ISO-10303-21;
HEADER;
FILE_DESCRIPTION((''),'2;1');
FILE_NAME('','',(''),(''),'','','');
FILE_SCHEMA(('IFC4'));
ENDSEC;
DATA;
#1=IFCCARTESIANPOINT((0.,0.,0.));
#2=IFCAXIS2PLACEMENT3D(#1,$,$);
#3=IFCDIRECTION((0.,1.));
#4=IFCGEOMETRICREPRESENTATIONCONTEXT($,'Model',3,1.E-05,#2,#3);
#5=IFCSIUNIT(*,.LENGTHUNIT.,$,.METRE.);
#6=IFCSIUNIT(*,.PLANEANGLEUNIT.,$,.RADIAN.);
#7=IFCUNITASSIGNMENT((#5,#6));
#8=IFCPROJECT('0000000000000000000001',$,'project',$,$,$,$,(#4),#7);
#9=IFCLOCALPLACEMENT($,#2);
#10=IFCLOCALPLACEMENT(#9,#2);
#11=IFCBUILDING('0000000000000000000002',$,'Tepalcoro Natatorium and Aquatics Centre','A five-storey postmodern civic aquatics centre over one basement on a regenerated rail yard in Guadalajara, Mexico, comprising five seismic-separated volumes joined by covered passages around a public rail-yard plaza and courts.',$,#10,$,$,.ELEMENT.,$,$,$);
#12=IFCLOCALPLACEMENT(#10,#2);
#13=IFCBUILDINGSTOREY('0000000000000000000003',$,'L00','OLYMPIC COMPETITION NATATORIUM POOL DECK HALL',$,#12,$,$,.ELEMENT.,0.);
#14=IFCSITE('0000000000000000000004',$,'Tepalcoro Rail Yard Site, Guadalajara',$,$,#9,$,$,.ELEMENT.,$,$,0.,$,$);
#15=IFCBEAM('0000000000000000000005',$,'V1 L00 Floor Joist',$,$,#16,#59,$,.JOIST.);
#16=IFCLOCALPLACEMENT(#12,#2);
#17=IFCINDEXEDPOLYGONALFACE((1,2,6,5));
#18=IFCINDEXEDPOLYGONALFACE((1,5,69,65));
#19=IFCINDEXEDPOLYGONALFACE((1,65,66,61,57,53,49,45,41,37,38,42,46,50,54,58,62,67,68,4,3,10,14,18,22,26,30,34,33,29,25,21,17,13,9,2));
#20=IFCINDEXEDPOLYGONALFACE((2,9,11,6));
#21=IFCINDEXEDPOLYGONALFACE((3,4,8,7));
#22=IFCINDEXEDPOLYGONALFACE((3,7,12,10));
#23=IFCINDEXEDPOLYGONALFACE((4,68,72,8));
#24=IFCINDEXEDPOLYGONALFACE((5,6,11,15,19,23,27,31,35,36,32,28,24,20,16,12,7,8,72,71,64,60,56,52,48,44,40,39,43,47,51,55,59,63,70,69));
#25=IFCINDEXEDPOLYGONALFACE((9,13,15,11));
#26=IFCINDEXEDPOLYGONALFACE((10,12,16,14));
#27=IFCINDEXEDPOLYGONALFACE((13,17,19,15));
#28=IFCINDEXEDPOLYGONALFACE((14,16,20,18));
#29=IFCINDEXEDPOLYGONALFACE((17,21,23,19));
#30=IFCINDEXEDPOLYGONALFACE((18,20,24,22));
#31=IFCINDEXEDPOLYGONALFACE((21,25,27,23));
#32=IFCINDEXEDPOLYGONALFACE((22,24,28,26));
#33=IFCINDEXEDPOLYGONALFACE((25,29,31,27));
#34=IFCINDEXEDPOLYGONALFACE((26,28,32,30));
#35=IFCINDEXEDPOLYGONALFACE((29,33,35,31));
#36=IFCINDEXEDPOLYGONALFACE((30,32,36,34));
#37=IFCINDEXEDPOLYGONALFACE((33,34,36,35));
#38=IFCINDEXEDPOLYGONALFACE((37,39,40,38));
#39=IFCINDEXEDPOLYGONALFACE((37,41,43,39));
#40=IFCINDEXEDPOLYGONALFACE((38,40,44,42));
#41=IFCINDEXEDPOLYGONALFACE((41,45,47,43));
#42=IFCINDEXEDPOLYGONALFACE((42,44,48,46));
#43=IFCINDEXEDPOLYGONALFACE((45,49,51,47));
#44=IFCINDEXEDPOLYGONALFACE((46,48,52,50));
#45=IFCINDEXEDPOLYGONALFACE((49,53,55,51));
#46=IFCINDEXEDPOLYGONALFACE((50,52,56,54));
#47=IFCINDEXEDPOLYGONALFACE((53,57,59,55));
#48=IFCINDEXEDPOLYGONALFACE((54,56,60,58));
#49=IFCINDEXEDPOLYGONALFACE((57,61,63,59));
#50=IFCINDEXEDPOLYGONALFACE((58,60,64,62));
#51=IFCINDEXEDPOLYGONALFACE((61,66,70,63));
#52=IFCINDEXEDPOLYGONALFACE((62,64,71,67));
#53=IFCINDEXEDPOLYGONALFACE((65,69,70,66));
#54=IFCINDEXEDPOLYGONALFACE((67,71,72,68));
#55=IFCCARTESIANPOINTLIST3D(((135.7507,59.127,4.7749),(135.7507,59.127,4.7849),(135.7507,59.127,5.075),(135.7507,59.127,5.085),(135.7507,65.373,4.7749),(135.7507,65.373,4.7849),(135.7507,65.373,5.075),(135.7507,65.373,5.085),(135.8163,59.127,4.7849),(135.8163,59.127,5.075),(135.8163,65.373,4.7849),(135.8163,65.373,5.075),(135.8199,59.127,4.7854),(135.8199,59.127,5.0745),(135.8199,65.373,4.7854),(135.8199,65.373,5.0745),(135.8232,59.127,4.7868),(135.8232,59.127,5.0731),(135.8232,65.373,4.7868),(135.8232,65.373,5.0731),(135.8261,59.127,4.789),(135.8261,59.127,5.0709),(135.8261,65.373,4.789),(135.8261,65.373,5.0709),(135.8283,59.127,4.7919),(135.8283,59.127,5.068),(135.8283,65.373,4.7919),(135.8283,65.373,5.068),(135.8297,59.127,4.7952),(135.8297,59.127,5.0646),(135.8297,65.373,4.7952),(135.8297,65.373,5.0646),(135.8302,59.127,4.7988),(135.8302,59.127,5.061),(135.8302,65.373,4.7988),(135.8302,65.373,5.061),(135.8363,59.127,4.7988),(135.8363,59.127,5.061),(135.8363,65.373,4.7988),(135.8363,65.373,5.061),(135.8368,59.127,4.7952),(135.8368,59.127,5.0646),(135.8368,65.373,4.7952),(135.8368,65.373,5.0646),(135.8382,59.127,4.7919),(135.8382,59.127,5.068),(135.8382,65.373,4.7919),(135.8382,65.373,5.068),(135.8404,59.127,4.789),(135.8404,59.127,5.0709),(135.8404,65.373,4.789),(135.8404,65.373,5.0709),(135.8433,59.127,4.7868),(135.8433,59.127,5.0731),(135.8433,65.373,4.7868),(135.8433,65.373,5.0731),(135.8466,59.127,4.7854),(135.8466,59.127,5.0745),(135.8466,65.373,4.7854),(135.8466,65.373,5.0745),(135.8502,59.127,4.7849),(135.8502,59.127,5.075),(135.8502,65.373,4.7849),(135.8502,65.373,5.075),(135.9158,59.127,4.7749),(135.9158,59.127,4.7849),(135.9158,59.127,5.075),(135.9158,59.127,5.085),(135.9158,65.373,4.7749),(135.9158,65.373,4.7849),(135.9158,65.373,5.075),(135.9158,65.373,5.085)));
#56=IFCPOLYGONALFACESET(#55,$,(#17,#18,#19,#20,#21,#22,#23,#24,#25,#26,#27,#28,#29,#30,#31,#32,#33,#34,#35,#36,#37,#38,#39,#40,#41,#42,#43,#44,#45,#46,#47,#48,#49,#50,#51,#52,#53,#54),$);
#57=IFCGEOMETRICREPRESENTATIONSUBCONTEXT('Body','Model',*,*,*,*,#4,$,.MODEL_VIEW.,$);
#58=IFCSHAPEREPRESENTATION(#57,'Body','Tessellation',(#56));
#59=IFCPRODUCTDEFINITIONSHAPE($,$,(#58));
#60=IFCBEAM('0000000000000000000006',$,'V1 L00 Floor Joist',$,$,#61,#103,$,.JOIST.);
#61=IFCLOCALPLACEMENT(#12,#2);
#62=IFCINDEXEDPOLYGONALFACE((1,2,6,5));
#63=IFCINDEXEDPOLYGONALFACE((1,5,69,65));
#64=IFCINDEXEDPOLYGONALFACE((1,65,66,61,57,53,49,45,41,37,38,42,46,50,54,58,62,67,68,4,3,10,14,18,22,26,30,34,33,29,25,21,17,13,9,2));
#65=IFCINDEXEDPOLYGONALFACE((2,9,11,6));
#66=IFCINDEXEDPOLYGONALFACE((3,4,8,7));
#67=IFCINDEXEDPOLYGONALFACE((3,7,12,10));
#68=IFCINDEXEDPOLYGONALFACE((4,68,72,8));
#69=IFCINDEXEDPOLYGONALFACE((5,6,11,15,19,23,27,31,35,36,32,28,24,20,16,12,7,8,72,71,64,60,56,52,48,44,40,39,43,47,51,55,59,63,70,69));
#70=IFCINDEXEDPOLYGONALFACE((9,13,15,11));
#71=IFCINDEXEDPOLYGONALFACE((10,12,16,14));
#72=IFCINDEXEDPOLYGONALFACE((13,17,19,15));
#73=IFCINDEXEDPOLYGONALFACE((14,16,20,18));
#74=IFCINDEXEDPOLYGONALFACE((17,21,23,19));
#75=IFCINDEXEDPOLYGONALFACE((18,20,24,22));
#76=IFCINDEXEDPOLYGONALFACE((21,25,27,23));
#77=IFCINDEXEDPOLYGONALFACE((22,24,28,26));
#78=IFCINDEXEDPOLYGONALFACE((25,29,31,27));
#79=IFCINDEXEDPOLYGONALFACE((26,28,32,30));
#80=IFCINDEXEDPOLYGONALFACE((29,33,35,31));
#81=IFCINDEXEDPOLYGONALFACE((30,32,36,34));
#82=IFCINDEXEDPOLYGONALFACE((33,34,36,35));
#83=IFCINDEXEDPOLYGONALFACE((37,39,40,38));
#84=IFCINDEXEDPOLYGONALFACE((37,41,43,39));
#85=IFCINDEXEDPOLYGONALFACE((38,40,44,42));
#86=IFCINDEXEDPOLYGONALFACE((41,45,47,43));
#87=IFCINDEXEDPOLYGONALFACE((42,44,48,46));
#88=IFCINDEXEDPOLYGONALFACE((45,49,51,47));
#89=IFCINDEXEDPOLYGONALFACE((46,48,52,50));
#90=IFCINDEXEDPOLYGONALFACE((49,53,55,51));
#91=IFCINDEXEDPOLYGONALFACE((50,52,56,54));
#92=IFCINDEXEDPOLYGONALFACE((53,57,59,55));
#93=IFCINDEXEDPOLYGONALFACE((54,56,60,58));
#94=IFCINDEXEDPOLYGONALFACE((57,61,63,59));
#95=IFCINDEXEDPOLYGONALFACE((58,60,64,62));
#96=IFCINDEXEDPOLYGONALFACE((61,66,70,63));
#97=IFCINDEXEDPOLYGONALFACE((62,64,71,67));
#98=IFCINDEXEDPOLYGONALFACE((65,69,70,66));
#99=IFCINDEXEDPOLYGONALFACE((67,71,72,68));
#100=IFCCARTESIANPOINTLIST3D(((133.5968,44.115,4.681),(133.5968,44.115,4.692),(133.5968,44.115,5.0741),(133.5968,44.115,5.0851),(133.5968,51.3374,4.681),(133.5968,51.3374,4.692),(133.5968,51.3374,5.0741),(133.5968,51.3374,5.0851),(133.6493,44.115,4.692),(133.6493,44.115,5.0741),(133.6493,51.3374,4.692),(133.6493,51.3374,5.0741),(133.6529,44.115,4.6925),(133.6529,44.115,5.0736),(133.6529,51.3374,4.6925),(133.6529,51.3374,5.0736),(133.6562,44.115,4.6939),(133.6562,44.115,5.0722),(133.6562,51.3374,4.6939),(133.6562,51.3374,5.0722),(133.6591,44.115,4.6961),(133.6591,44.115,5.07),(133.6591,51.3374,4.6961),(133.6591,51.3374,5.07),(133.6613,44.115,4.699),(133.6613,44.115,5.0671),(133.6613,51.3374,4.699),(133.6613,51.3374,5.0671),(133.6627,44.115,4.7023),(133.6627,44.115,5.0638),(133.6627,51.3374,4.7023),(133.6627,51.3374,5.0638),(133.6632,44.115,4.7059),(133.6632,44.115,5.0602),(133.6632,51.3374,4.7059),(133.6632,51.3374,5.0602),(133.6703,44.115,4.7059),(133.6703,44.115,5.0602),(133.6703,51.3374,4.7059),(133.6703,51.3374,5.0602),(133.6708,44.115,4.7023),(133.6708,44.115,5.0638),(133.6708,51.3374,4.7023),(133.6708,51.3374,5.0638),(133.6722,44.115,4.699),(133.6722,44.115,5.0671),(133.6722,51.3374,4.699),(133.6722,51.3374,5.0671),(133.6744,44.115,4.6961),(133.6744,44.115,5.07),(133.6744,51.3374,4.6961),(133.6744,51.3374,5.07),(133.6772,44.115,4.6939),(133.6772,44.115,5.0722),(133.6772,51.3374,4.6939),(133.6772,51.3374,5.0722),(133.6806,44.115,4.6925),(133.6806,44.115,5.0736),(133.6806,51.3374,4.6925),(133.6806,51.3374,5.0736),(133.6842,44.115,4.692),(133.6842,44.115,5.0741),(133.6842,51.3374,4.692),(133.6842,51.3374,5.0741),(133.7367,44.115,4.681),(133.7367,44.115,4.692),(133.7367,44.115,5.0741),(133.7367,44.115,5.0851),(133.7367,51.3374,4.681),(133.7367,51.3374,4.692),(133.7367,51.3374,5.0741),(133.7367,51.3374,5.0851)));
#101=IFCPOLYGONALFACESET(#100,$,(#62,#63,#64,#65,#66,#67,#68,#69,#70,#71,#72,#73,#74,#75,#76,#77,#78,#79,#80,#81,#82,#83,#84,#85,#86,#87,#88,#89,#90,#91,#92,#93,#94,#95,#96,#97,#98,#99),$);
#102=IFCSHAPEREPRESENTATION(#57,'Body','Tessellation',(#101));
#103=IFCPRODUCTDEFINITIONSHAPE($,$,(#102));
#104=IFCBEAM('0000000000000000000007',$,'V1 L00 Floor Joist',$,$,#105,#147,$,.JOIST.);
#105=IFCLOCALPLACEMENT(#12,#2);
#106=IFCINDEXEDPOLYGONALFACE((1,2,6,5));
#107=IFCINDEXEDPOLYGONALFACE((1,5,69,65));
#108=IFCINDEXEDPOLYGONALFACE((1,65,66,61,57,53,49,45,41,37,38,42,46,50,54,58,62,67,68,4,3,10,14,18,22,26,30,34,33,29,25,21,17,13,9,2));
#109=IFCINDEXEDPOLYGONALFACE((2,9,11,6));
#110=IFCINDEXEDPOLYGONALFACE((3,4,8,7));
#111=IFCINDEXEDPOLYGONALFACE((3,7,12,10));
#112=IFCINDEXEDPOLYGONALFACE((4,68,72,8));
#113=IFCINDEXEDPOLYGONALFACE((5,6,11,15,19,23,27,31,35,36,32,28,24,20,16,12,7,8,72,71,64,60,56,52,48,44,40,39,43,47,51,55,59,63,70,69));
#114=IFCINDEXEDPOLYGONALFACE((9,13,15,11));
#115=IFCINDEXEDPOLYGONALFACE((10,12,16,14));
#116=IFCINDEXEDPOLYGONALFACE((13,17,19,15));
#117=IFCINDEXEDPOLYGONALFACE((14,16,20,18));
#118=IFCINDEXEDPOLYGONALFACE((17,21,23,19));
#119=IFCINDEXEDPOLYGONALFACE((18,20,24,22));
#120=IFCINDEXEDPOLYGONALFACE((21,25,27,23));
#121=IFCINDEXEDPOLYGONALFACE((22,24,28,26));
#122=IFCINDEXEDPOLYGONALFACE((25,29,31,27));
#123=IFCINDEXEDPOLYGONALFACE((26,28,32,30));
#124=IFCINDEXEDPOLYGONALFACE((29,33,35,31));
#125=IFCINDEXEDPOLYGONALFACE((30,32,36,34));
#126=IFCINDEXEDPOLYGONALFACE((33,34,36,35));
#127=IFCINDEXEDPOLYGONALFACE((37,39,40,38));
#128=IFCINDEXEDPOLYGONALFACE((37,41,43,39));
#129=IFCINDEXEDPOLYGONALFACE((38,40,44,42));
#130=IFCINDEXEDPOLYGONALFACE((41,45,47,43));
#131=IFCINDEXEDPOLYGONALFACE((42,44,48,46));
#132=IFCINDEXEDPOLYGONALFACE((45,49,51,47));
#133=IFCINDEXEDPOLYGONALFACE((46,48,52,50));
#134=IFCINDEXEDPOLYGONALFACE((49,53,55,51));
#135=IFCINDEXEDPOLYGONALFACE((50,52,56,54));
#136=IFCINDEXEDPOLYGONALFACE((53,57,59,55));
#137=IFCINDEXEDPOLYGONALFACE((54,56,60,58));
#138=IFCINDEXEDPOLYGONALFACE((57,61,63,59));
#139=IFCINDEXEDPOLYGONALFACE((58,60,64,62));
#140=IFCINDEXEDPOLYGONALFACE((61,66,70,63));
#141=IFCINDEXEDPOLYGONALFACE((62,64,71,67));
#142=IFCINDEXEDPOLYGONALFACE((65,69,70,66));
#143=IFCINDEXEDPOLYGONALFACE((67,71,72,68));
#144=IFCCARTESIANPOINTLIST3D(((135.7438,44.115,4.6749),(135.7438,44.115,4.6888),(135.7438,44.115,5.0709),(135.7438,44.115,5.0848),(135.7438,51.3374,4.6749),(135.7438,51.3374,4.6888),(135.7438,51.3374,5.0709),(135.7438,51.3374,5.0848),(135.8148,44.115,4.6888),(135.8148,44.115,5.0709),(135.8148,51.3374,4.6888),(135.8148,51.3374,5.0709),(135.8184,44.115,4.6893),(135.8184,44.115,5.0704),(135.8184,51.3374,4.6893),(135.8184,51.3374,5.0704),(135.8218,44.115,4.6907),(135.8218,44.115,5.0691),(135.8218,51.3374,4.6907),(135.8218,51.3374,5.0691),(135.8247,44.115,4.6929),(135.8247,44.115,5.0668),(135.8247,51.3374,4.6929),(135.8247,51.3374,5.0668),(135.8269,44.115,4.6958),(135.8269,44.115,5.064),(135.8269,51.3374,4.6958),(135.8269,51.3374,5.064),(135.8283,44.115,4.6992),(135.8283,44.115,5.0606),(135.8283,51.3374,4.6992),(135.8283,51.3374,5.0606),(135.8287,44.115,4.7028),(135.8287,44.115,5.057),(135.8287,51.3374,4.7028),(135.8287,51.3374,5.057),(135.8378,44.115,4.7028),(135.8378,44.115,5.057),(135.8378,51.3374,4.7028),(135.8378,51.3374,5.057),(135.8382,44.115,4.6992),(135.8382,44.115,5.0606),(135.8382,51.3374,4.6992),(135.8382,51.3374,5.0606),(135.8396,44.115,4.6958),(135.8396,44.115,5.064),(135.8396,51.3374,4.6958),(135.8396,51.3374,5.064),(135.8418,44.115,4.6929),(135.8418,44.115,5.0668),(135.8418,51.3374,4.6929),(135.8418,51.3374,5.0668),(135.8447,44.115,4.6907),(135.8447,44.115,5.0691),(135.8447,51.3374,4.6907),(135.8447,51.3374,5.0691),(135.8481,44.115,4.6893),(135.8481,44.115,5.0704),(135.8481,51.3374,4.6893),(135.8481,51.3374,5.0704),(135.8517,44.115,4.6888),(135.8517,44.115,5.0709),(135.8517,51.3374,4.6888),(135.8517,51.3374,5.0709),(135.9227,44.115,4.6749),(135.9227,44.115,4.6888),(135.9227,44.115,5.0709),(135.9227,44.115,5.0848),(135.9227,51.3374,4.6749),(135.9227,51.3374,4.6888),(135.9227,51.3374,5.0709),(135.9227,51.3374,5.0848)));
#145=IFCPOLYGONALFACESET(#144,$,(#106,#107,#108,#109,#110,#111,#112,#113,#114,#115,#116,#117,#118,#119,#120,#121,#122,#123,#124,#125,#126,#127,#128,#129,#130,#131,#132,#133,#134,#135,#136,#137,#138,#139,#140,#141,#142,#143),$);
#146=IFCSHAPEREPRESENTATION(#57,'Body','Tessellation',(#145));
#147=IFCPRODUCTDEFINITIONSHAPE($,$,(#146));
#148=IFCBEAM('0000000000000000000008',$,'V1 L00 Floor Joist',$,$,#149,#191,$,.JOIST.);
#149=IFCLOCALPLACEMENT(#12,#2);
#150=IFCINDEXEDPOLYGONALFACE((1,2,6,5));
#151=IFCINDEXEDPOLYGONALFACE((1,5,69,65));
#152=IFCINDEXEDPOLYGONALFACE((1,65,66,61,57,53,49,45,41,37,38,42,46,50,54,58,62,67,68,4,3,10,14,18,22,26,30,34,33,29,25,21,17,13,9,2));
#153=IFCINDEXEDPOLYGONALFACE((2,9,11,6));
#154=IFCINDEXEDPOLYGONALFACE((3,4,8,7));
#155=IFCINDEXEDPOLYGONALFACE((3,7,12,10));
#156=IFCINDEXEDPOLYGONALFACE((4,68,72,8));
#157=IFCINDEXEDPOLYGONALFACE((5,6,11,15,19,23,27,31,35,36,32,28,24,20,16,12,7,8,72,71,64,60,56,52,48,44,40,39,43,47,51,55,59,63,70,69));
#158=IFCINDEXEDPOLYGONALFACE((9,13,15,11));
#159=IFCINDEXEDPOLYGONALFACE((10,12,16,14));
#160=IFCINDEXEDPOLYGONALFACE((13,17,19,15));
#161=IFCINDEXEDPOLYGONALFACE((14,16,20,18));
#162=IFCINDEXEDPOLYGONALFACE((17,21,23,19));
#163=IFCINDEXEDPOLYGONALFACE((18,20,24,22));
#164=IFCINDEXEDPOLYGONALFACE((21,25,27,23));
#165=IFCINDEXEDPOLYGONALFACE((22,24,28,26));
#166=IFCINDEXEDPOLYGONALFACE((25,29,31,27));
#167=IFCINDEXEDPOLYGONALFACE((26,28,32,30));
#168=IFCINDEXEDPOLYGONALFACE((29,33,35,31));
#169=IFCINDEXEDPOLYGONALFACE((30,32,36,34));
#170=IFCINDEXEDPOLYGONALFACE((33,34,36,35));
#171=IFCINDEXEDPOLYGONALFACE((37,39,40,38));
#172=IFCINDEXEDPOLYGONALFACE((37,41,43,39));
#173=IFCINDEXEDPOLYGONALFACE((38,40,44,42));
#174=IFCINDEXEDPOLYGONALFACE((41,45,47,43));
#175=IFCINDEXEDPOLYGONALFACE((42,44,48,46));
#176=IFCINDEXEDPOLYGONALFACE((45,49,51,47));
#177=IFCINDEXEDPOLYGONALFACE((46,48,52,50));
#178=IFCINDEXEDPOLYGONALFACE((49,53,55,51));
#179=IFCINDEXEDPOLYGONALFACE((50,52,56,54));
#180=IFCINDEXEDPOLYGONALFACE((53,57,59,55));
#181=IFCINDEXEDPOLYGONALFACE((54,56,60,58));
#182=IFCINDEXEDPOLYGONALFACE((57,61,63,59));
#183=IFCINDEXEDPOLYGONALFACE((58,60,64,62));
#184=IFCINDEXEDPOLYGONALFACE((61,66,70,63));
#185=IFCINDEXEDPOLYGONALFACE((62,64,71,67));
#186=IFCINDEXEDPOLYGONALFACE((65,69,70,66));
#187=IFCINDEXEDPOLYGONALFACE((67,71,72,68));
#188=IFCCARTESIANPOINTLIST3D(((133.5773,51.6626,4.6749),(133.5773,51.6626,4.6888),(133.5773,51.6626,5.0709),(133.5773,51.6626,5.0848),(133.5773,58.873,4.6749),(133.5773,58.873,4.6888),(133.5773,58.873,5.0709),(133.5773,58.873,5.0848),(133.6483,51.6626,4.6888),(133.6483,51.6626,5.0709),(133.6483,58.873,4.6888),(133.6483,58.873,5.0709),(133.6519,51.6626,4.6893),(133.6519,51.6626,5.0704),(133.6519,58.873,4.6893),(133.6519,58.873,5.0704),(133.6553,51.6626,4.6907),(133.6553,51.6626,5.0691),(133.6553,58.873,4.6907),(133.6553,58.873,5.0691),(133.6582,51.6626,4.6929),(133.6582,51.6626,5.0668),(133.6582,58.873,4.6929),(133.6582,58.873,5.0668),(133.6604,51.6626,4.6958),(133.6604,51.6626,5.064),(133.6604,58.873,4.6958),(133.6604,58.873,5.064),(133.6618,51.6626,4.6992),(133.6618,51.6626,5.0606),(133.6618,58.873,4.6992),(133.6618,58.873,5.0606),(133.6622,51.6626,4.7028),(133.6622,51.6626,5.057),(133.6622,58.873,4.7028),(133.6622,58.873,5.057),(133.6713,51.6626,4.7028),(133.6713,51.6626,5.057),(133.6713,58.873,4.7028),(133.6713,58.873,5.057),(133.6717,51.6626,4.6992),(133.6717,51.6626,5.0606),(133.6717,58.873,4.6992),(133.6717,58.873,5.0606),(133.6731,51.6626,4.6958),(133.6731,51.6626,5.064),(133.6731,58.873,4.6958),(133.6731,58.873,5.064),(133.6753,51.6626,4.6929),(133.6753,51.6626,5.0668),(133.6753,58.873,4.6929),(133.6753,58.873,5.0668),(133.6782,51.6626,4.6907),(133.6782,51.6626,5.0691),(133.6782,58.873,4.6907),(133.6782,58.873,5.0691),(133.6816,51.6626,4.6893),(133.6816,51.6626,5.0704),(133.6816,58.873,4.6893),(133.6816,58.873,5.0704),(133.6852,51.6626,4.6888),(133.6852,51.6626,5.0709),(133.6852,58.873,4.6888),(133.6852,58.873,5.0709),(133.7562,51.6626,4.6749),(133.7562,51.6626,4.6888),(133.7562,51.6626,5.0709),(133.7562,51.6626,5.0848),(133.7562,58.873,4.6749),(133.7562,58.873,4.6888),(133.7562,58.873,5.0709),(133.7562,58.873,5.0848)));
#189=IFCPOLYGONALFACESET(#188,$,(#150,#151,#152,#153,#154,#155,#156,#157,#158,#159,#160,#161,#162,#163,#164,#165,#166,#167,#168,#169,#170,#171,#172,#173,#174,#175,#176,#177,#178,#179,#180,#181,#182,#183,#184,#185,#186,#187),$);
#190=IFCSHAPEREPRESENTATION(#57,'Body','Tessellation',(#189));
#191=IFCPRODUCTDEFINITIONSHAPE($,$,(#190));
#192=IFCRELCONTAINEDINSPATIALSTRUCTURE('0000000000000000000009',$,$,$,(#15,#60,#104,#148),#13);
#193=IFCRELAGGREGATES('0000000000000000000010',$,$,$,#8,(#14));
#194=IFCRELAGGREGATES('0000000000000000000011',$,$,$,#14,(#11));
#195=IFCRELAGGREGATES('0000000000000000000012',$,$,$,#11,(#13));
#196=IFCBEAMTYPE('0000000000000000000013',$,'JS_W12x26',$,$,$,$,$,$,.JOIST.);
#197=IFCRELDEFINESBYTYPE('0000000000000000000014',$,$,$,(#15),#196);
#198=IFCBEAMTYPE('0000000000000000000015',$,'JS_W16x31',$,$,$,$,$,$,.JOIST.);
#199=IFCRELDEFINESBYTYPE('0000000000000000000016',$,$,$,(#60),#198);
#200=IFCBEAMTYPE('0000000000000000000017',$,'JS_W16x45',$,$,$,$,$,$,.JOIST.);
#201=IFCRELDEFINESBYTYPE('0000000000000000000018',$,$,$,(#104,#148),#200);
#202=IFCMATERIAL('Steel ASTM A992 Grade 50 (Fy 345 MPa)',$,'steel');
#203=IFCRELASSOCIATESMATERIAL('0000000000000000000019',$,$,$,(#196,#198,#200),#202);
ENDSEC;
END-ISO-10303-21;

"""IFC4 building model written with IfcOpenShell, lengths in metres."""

from ifc_helpers import new_model, si_unit, direction, frame, origin, origin_2d, place, context, subcontext, project, spatial, i_section, extrude, material, material_profile, profile_set, type_object, element, save


model = new_model("IFC4")

# Units and contexts
model_context = context("Model", 3, precision=1e-05, world=origin(), true_north=direction((0.0, 1.0)))
body_context = subcontext(model_context, "Body", "Model", "MODEL_VIEW")
ifc_project = project(units=[si_unit("LENGTHUNIT", "METRE"), si_unit("PLANEANGLEUNIT", "RADIAN")], contexts=[model_context])

# Site, building, storey
site_placement = place(None, origin())
site = spatial("IfcSite", under=ifc_project, at=site_placement, Name="Tepalcoro Rail Yard Site, Guadalajara", CompositionType="ELEMENT", RefElevation=0.0)
building_placement = place(site_placement, origin())
building = spatial("IfcBuilding", under=site, at=building_placement, Name="Tepalcoro Natatorium and Aquatics Centre", Description="A five-storey postmodern civic aquatics centre over one basement on a regenerated rail yard in Guadalajara, Mexico, comprising five seismic-separated volumes joined by covered passages around a public rail-yard plaza and courts.", CompositionType="ELEMENT")
storey_placement = place(building_placement, origin())
storey = spatial("IfcBuildingStorey", under=building, at=storey_placement, Name="L00", Description="OLYMPIC COMPETITION NATATORIUM POOL DECK HALL", CompositionType="ELEMENT", Elevation=0.0)

# Shared definitions
ifc_material_1 = material(Name="Steel ASTM A992 Grade 50 (Fy 345 MPa)", Category="steel")

# Beams
ifc_material_profile_1 = material_profile(ifc_material_1, i_section(OverallWidth=0.165, OverallDepth=0.3101, WebThickness=0.0061, FlangeThickness=0.01, FilletRadius=0.0139, at=origin_2d()), Name="W12X26")
ifc_profile_set_1 = profile_set([ifc_material_profile_1], Name="Steel ASTM A992 Grade 50 (Fy 345 MPa)")
beam_type_1 = type_object("IfcBeamType", Name="JS_W12x26", PredefinedType="JOIST", material=ifc_profile_set_1)
beam_1_placement = place(storey_placement, frame((135.8333, 59.127, 4.9299), z_axis=(0.0, 1.0, 0.0), x_axis=(-1.0, 0.0, 0.0)))
element("IfcBeam", 1, at=beam_1_placement, inside=storey, type_object=beam_type_1, Name="V1 L00 Floor Joist", PredefinedType="JOIST", context=body_context, shape_type="SweptSolid", body=[
    extrude(i_section(OverallWidth=0.165, OverallDepth=0.3101, WebThickness=0.0061, FlangeThickness=0.01, FilletRadius=0.0139, at=origin_2d()), origin(), (0.0, 0.0, 1.0), 6.2461),
])
ifc_material_profile_2 = material_profile(ifc_material_1, i_section(OverallWidth=0.1399, OverallDepth=0.4041, WebThickness=0.0071, FlangeThickness=0.011, FilletRadius=0.0139, at=origin_2d()), Name="W16X31")
ifc_profile_set_2 = profile_set([ifc_material_profile_2], Name="Steel ASTM A992 Grade 50 (Fy 345 MPa)")
beam_type_2 = type_object("IfcBeamType", Name="JS_W16x31", PredefinedType="JOIST", material=ifc_profile_set_2)
beam_2_placement = place(storey_placement, frame((133.6667, 44.115, 4.8831), z_axis=(0.0, 1.0, 0.0), x_axis=(-1.0, 0.0, 0.0)))
element("IfcBeam", 2, at=beam_2_placement, inside=storey, type_object=beam_type_2, Name="V1 L00 Floor Joist", PredefinedType="JOIST", context=body_context, shape_type="SweptSolid", body=[
    extrude(i_section(OverallWidth=0.1399, OverallDepth=0.4041, WebThickness=0.0071, FlangeThickness=0.011, FilletRadius=0.0139, at=origin_2d()), origin(), (0.0, 0.0, 1.0), 7.2224),
])
ifc_material_profile_3 = material_profile(ifc_material_1, i_section(OverallWidth=0.179, OverallDepth=0.4099, WebThickness=0.009, FlangeThickness=0.0139, FilletRadius=0.0139, at=origin_2d()), Name="W16X45")
ifc_profile_set_3 = profile_set([ifc_material_profile_3], Name="Steel ASTM A992 Grade 50 (Fy 345 MPa)")
beam_type_3 = type_object("IfcBeamType", Name="JS_W16x45", PredefinedType="JOIST", material=ifc_profile_set_3)
beam_3_placement = place(storey_placement, frame((135.8333, 44.115, 4.8799), z_axis=(0.0, 1.0, 0.0), x_axis=(-1.0, 0.0, 0.0)))
element("IfcBeam", 3, at=beam_3_placement, inside=storey, type_object=beam_type_3, Name="V1 L00 Floor Joist", PredefinedType="JOIST", context=body_context, shape_type="SweptSolid", body=[
    extrude(i_section(OverallWidth=0.179, OverallDepth=0.4099, WebThickness=0.009, FlangeThickness=0.0139, FilletRadius=0.0139, at=origin_2d()), origin(), (0.0, 0.0, 1.0), 7.2224),
])
beam_4_placement = place(storey_placement, frame((133.6667, 51.6626, 4.8799), z_axis=(0.0, 1.0, 0.0), x_axis=(-1.0, 0.0, 0.0)))
element("IfcBeam", 4, at=beam_4_placement, inside=storey, type_object=beam_type_3, Name="V1 L00 Floor Joist", PredefinedType="JOIST", context=body_context, shape_type="SweptSolid", body=[
    extrude(i_section(OverallWidth=0.179, OverallDepth=0.4099, WebThickness=0.009, FlangeThickness=0.0139, FilletRadius=0.0139, at=origin_2d()), origin(), (0.0, 0.0, 1.0), 7.2104),
])

save(model, "model.ifc")
